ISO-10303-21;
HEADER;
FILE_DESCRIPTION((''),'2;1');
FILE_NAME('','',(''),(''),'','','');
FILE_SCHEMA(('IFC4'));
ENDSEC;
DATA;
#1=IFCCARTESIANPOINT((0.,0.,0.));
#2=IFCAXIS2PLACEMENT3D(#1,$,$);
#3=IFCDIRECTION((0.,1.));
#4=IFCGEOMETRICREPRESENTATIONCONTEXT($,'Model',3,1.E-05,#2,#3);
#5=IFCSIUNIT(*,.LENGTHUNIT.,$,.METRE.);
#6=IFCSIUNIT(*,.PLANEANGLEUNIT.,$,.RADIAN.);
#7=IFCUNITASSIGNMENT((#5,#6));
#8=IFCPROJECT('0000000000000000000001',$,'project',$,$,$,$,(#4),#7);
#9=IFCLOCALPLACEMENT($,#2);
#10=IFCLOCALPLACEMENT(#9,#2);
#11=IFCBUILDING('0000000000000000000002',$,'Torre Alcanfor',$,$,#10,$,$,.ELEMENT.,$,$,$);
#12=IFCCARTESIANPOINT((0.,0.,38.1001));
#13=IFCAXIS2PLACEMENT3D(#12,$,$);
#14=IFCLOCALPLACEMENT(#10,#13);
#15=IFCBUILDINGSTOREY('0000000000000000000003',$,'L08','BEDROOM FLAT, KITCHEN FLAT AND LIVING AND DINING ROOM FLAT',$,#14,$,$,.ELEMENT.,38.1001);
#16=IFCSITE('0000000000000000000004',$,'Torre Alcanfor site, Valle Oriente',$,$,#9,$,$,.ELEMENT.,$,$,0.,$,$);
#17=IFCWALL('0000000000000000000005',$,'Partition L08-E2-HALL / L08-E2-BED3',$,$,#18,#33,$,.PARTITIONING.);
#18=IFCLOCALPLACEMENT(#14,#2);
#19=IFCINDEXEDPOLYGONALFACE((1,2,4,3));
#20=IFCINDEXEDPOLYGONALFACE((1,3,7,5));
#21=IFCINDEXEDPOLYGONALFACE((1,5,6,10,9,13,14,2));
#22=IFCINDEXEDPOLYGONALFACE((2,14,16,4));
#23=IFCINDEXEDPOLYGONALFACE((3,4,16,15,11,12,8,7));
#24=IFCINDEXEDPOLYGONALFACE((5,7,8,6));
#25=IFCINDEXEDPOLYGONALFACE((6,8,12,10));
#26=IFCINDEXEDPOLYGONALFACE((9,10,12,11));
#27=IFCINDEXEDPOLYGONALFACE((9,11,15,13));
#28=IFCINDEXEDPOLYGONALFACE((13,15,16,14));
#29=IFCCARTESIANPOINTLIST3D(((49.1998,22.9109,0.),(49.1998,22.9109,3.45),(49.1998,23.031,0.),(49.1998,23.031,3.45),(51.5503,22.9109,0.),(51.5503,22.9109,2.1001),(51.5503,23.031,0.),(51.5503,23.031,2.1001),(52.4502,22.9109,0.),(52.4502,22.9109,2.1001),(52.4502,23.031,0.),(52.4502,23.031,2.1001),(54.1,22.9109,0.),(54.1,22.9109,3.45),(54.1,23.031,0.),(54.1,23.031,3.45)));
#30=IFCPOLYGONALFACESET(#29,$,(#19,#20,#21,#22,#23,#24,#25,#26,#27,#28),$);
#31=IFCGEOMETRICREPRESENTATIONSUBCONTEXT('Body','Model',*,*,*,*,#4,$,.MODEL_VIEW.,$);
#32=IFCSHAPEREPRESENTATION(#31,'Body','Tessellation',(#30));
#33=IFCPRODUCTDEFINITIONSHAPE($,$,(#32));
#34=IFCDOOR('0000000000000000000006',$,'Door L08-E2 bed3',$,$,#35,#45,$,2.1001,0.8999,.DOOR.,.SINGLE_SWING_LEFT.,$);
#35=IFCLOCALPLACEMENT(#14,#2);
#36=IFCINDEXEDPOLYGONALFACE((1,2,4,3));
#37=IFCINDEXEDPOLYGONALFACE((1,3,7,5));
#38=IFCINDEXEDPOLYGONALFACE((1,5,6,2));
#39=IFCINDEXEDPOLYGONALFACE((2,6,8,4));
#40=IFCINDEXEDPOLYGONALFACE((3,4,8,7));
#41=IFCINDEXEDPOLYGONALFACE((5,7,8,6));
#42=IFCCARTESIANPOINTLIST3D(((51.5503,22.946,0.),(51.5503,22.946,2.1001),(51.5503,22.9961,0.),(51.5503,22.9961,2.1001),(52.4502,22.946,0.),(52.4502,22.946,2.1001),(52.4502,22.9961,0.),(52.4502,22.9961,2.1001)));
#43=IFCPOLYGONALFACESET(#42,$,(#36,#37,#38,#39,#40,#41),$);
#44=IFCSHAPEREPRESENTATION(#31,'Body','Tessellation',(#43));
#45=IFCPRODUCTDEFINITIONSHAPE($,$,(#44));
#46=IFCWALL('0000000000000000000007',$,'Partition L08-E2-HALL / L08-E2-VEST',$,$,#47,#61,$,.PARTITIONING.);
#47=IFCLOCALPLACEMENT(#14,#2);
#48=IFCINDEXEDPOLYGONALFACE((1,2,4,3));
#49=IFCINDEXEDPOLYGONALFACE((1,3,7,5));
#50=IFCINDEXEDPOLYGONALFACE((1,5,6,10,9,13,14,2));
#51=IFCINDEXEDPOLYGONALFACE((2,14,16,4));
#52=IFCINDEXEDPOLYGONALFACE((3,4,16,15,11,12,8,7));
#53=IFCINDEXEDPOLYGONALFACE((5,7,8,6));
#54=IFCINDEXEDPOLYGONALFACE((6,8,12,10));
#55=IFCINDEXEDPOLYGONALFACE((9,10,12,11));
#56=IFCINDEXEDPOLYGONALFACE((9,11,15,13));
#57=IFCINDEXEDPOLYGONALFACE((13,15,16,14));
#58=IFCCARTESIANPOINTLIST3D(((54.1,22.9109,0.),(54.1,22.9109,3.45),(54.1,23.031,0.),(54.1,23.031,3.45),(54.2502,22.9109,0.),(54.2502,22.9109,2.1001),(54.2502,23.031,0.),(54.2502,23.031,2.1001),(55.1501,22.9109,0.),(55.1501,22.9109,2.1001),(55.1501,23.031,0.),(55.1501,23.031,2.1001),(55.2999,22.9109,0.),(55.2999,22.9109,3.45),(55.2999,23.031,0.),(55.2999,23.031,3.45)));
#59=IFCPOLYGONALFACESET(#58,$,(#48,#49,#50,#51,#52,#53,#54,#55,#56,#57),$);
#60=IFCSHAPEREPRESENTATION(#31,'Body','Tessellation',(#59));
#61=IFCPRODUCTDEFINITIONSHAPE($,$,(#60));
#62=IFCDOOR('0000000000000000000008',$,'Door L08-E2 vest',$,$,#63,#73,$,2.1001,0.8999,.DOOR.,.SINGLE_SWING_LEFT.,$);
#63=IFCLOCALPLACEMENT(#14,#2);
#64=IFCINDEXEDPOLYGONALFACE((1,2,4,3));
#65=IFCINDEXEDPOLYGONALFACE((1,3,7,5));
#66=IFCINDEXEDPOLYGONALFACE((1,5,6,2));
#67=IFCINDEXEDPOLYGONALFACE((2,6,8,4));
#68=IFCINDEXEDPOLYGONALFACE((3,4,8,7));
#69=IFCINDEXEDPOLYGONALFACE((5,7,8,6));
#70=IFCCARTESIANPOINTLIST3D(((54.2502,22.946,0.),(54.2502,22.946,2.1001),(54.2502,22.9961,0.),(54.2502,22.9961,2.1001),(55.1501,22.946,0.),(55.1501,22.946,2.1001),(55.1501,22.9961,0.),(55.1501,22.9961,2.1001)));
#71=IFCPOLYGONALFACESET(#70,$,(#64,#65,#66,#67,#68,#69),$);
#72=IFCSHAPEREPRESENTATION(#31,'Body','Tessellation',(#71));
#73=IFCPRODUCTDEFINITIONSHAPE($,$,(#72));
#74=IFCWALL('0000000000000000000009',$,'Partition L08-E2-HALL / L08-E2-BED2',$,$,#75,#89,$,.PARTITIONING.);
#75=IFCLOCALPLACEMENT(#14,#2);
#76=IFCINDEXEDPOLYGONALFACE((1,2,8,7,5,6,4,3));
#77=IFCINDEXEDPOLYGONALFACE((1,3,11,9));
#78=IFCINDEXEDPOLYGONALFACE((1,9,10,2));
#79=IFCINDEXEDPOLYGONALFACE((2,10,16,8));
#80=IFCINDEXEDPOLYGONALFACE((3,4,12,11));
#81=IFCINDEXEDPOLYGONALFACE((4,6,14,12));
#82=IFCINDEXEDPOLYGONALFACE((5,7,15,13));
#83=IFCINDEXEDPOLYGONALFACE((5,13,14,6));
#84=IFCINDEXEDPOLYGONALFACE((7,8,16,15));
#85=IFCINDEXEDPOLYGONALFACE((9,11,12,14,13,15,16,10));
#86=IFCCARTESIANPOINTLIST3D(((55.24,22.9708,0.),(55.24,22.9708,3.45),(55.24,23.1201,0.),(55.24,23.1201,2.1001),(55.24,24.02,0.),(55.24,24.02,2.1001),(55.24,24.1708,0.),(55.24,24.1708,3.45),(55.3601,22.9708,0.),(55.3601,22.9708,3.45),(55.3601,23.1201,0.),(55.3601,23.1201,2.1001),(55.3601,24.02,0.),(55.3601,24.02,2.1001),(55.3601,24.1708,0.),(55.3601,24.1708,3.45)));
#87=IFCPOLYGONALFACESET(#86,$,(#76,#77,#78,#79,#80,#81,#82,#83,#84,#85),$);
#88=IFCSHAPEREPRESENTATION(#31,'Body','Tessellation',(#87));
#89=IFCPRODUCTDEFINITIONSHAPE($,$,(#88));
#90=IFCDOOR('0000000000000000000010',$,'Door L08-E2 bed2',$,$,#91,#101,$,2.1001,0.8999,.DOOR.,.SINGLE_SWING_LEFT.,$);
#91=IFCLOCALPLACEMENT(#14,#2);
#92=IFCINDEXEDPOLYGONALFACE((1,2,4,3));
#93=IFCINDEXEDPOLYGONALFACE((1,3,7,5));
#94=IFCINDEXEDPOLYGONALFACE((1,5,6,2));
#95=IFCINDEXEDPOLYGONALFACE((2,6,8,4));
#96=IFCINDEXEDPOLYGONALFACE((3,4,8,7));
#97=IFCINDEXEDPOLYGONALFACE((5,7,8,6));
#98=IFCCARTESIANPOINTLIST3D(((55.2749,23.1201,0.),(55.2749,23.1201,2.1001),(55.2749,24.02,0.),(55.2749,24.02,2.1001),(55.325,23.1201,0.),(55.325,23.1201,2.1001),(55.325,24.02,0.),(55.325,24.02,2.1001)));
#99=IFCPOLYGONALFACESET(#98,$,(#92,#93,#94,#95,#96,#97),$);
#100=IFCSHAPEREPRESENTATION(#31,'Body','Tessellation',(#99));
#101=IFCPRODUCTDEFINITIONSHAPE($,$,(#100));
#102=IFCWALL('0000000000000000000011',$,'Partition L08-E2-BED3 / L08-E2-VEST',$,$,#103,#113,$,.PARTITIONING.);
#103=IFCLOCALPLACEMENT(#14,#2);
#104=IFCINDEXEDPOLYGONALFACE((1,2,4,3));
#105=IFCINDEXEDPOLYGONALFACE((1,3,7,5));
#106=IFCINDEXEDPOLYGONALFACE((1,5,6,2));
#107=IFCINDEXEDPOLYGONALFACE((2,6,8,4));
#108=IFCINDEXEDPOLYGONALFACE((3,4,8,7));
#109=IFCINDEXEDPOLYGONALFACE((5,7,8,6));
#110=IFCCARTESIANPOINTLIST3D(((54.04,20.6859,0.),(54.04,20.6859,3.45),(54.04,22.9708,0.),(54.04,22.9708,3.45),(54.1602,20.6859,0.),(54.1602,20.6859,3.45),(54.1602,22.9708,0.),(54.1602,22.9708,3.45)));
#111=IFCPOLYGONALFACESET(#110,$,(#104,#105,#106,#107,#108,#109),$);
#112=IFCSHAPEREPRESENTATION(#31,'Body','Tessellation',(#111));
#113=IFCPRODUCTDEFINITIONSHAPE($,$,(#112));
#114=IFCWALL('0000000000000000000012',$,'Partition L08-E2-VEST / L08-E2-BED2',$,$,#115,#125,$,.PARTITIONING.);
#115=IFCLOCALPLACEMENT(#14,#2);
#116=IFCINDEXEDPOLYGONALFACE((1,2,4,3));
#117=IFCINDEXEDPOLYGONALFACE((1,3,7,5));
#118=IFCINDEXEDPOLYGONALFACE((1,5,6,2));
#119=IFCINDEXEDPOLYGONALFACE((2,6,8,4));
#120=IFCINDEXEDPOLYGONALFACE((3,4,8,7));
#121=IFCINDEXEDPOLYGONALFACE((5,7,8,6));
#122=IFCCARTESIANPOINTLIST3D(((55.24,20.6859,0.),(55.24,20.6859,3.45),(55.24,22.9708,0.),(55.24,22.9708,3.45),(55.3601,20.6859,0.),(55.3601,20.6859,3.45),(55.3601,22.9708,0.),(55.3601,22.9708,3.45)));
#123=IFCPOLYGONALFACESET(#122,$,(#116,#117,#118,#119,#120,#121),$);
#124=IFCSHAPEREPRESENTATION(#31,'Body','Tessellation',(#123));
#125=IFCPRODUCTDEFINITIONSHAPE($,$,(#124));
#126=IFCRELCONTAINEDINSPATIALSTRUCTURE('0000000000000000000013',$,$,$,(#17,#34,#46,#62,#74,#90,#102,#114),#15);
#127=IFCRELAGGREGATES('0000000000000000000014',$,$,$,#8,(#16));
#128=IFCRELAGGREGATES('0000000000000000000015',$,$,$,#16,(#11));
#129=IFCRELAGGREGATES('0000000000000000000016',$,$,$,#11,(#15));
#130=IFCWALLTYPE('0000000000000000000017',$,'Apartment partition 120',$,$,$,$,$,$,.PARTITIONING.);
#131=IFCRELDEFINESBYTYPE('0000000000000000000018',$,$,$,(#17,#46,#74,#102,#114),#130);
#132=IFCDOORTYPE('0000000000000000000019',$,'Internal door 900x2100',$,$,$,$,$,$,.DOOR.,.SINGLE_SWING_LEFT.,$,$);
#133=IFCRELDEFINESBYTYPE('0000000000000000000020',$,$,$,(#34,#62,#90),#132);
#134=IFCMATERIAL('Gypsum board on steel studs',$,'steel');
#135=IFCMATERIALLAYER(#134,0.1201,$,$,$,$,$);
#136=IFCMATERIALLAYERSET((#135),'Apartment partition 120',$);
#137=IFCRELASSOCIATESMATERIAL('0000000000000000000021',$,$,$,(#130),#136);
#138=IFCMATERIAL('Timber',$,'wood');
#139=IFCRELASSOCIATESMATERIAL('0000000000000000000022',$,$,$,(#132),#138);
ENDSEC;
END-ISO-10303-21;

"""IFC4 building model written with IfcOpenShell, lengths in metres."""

from ifc_helpers import new_model, si_unit, direction, frame, frame_2d, origin, place, context, subcontext, project, spatial, rectangle, extrude, material, layer, layer_set, type_object, element, fill, save


model = new_model("IFC4")

# Units and contexts
model_context = context("Model", 3, precision=1e-05, world=origin(), true_north=direction((0.0, 1.0)))
body_context = subcontext(model_context, "Body", "Model", "MODEL_VIEW")
ifc_project = project(units=[si_unit("LENGTHUNIT", "METRE"), si_unit("PLANEANGLEUNIT", "RADIAN")], contexts=[model_context])

# Site, building, storey
site_placement = place(None, origin())
site = spatial("IfcSite", under=ifc_project, at=site_placement, Name="Torre Alcanfor site, Valle Oriente", CompositionType="ELEMENT", RefElevation=0.0)
building_placement = place(site_placement, origin())
building = spatial("IfcBuilding", under=site, at=building_placement, Name="Torre Alcanfor", CompositionType="ELEMENT")
storey_placement = place(building_placement, frame((0.0, 0.0, 38.1001)))
storey = spatial("IfcBuildingStorey", under=building, at=storey_placement, Name="L08", Description="BEDROOM FLAT, KITCHEN FLAT AND LIVING AND DINING ROOM FLAT", CompositionType="ELEMENT", Elevation=38.1001)

# Shared definitions
ifc_material_1 = material(Name="Gypsum board on steel studs", Category="steel")
ifc_layer_1 = layer(ifc_material_1, 0.1201)
ifc_layer_set_1 = layer_set([ifc_layer_1], Name="Apartment partition 120")
wall_type = type_object("IfcWallType", Name="Apartment partition 120", PredefinedType="PARTITIONING", material=ifc_layer_set_1)
ifc_material_2 = material(Name="Timber", Category="wood")
door_type = type_object("IfcDoorType", Name="Internal door 900x2100", OperationType="SINGLE_SWING_LEFT", PredefinedType="DOOR", material=ifc_material_2)

# Walls, openings, doors
wall_1_placement = place(storey_placement, frame((54.1001, 22.9709, 0.0), z_axis=(0.0, 0.0, 1.0), x_axis=(-1.0, 0.0, 0.0)))
wall_1 = element("IfcWall", 1, at=wall_1_placement, inside=storey, type_object=wall_type, Name="Partition L08-E2-HALL / L08-E2-BED3", PredefinedType="PARTITIONING", context=body_context, shape_type="SweptSolid", body=[
    extrude(rectangle(XDim=4.9001, YDim=0.1201, at=frame_2d((2.4502, 0.0))), origin(), (0.0, 0.0, 1.0), 3.45),
])
opening_1_placement = place(wall_1_placement, frame((1.6499, 0.0, 0.0)))
opening_1 = element("IfcOpeningElement", 2, at=opening_1_placement, cuts=wall_1, PredefinedType="OPENING", context=body_context, shape_type="SweptSolid", body=[
    extrude(rectangle(XDim=0.8999, YDim=2.1001, at=frame_2d((0.45, 1.05))), frame((0.0, 0.0701, 0.0), z_axis=(0.0, -1.0, 0.0), x_axis=(1.0, 0.0, 0.0)), (0.0, 0.0, 1.0), 0.1401),
])
door_1_placement = place(opening_1_placement, origin())
door_1 = element("IfcDoor", 3, at=door_1_placement, inside=storey, type_object=door_type, Name="Door L08-E2 bed3", OperationType="SINGLE_SWING_LEFT", OverallHeight=2.1001, OverallWidth=0.8999, PredefinedType="DOOR", context=body_context, shape_type="SweptSolid", body=[
    extrude(rectangle(XDim=0.8999, YDim=2.1001, at=frame_2d((0.45, 1.05))), frame((0.0, 0.0249, 0.0), z_axis=(0.0, -1.0, 0.0), x_axis=(1.0, 0.0, 0.0)), (0.0, 0.0, 1.0), 0.05),
])
fill(opening_1, door_1)
wall_2_placement = place(storey_placement, frame((55.3, 22.9709, 0.0), z_axis=(0.0, 0.0, 1.0), x_axis=(-1.0, 0.0, 0.0)))
wall_2 = element("IfcWall", 4, at=wall_2_placement, inside=storey, type_object=wall_type, Name="Partition L08-E2-HALL / L08-E2-VEST", PredefinedType="PARTITIONING", context=body_context, shape_type="SweptSolid", body=[
    extrude(rectangle(XDim=1.2, YDim=0.1201, at=frame_2d((0.6001, 0.0))), origin(), (0.0, 0.0, 1.0), 3.45),
])
opening_2_placement = place(wall_2_placement, frame((0.1499, 0.0, 0.0)))
opening_2 = element("IfcOpeningElement", 5, at=opening_2_placement, cuts=wall_2, PredefinedType="OPENING", context=body_context, shape_type="SweptSolid", body=[
    extrude(rectangle(XDim=0.8999, YDim=2.1001, at=frame_2d((0.45, 1.05))), frame((0.0, 0.0701, 0.0), z_axis=(0.0, -1.0, 0.0), x_axis=(1.0, 0.0, 0.0)), (0.0, 0.0, 1.0), 0.1401),
])
door_2_placement = place(opening_2_placement, origin())
door_2 = element("IfcDoor", 6, at=door_2_placement, inside=storey, type_object=door_type, Name="Door L08-E2 vest", OperationType="SINGLE_SWING_LEFT", OverallHeight=2.1001, OverallWidth=0.8999, PredefinedType="DOOR", context=body_context, shape_type="SweptSolid", body=[
    extrude(rectangle(XDim=0.8999, YDim=2.1001, at=frame_2d((0.45, 1.05))), frame((0.0, 0.0249, 0.0), z_axis=(0.0, -1.0, 0.0), x_axis=(1.0, 0.0, 0.0)), (0.0, 0.0, 1.0), 0.05),
])
fill(opening_2, door_2)
wall_3_placement = place(storey_placement, frame((55.3, 24.1709, 0.0), z_axis=(0.0, 0.0, 1.0), x_axis=(0.0, -1.0, 0.0)))
wall_3 = element("IfcWall", 7, at=wall_3_placement, inside=storey, type_object=wall_type, Name="Partition L08-E2-HALL / L08-E2-BED2", PredefinedType="PARTITIONING", context=body_context, shape_type="SweptSolid", body=[
    extrude(rectangle(XDim=1.2, YDim=0.1201, at=frame_2d((0.6001, 0.0))), origin(), (0.0, 0.0, 1.0), 3.45),
])
opening_3_placement = place(wall_3_placement, frame((0.1509, 0.0, 0.0)))
opening_3 = element("IfcOpeningElement", 8, at=opening_3_placement, cuts=wall_3, PredefinedType="OPENING", context=body_context, shape_type="SweptSolid", body=[
    extrude(rectangle(XDim=0.8999, YDim=2.1001, at=frame_2d((0.45, 1.05))), frame((0.0, 0.0701, 0.0), z_axis=(0.0, -1.0, 0.0), x_axis=(1.0, 0.0, 0.0)), (0.0, 0.0, 1.0), 0.1401),
])
door_3_placement = place(opening_3_placement, origin())
door_3 = element("IfcDoor", 9, at=door_3_placement, inside=storey, type_object=door_type, Name="Door L08-E2 bed2", OperationType="SINGLE_SWING_LEFT", OverallHeight=2.1001, OverallWidth=0.8999, PredefinedType="DOOR", context=body_context, shape_type="SweptSolid", body=[
    extrude(rectangle(XDim=0.8999, YDim=2.1001, at=frame_2d((0.45, 1.05))), frame((0.0, 0.0249, 0.0), z_axis=(0.0, -1.0, 0.0), x_axis=(1.0, 0.0, 0.0)), (0.0, 0.0, 1.0), 0.05),
])
fill(opening_3, door_3)

# Walls
for number, where, z_axis, x_axis, name in (
    (10, (54.1001, 22.9709, 0.0), (0.0, 0.0, 1.0), (0.0, -1.0, 0.0), "Partition L08-E2-BED3 / L08-E2-VEST"),
    (11, (55.3, 22.9709, 0.0), (0.0, 0.0, 1.0), (0.0, -1.0, 0.0), "Partition L08-E2-VEST / L08-E2-BED2"),
):
    element("IfcWall", number, at=place(storey_placement, frame(where, z_axis=z_axis, x_axis=x_axis)), inside=storey, type_object=wall_type, Name=name, PredefinedType="PARTITIONING", context=body_context, shape_type="SweptSolid", body=[
        extrude(rectangle(XDim=2.2849, YDim=0.1201, at=frame_2d((1.1426, 0.0))), origin(), (0.0, 0.0, 1.0), 3.45),
    ])

save(model, "model.ifc")
